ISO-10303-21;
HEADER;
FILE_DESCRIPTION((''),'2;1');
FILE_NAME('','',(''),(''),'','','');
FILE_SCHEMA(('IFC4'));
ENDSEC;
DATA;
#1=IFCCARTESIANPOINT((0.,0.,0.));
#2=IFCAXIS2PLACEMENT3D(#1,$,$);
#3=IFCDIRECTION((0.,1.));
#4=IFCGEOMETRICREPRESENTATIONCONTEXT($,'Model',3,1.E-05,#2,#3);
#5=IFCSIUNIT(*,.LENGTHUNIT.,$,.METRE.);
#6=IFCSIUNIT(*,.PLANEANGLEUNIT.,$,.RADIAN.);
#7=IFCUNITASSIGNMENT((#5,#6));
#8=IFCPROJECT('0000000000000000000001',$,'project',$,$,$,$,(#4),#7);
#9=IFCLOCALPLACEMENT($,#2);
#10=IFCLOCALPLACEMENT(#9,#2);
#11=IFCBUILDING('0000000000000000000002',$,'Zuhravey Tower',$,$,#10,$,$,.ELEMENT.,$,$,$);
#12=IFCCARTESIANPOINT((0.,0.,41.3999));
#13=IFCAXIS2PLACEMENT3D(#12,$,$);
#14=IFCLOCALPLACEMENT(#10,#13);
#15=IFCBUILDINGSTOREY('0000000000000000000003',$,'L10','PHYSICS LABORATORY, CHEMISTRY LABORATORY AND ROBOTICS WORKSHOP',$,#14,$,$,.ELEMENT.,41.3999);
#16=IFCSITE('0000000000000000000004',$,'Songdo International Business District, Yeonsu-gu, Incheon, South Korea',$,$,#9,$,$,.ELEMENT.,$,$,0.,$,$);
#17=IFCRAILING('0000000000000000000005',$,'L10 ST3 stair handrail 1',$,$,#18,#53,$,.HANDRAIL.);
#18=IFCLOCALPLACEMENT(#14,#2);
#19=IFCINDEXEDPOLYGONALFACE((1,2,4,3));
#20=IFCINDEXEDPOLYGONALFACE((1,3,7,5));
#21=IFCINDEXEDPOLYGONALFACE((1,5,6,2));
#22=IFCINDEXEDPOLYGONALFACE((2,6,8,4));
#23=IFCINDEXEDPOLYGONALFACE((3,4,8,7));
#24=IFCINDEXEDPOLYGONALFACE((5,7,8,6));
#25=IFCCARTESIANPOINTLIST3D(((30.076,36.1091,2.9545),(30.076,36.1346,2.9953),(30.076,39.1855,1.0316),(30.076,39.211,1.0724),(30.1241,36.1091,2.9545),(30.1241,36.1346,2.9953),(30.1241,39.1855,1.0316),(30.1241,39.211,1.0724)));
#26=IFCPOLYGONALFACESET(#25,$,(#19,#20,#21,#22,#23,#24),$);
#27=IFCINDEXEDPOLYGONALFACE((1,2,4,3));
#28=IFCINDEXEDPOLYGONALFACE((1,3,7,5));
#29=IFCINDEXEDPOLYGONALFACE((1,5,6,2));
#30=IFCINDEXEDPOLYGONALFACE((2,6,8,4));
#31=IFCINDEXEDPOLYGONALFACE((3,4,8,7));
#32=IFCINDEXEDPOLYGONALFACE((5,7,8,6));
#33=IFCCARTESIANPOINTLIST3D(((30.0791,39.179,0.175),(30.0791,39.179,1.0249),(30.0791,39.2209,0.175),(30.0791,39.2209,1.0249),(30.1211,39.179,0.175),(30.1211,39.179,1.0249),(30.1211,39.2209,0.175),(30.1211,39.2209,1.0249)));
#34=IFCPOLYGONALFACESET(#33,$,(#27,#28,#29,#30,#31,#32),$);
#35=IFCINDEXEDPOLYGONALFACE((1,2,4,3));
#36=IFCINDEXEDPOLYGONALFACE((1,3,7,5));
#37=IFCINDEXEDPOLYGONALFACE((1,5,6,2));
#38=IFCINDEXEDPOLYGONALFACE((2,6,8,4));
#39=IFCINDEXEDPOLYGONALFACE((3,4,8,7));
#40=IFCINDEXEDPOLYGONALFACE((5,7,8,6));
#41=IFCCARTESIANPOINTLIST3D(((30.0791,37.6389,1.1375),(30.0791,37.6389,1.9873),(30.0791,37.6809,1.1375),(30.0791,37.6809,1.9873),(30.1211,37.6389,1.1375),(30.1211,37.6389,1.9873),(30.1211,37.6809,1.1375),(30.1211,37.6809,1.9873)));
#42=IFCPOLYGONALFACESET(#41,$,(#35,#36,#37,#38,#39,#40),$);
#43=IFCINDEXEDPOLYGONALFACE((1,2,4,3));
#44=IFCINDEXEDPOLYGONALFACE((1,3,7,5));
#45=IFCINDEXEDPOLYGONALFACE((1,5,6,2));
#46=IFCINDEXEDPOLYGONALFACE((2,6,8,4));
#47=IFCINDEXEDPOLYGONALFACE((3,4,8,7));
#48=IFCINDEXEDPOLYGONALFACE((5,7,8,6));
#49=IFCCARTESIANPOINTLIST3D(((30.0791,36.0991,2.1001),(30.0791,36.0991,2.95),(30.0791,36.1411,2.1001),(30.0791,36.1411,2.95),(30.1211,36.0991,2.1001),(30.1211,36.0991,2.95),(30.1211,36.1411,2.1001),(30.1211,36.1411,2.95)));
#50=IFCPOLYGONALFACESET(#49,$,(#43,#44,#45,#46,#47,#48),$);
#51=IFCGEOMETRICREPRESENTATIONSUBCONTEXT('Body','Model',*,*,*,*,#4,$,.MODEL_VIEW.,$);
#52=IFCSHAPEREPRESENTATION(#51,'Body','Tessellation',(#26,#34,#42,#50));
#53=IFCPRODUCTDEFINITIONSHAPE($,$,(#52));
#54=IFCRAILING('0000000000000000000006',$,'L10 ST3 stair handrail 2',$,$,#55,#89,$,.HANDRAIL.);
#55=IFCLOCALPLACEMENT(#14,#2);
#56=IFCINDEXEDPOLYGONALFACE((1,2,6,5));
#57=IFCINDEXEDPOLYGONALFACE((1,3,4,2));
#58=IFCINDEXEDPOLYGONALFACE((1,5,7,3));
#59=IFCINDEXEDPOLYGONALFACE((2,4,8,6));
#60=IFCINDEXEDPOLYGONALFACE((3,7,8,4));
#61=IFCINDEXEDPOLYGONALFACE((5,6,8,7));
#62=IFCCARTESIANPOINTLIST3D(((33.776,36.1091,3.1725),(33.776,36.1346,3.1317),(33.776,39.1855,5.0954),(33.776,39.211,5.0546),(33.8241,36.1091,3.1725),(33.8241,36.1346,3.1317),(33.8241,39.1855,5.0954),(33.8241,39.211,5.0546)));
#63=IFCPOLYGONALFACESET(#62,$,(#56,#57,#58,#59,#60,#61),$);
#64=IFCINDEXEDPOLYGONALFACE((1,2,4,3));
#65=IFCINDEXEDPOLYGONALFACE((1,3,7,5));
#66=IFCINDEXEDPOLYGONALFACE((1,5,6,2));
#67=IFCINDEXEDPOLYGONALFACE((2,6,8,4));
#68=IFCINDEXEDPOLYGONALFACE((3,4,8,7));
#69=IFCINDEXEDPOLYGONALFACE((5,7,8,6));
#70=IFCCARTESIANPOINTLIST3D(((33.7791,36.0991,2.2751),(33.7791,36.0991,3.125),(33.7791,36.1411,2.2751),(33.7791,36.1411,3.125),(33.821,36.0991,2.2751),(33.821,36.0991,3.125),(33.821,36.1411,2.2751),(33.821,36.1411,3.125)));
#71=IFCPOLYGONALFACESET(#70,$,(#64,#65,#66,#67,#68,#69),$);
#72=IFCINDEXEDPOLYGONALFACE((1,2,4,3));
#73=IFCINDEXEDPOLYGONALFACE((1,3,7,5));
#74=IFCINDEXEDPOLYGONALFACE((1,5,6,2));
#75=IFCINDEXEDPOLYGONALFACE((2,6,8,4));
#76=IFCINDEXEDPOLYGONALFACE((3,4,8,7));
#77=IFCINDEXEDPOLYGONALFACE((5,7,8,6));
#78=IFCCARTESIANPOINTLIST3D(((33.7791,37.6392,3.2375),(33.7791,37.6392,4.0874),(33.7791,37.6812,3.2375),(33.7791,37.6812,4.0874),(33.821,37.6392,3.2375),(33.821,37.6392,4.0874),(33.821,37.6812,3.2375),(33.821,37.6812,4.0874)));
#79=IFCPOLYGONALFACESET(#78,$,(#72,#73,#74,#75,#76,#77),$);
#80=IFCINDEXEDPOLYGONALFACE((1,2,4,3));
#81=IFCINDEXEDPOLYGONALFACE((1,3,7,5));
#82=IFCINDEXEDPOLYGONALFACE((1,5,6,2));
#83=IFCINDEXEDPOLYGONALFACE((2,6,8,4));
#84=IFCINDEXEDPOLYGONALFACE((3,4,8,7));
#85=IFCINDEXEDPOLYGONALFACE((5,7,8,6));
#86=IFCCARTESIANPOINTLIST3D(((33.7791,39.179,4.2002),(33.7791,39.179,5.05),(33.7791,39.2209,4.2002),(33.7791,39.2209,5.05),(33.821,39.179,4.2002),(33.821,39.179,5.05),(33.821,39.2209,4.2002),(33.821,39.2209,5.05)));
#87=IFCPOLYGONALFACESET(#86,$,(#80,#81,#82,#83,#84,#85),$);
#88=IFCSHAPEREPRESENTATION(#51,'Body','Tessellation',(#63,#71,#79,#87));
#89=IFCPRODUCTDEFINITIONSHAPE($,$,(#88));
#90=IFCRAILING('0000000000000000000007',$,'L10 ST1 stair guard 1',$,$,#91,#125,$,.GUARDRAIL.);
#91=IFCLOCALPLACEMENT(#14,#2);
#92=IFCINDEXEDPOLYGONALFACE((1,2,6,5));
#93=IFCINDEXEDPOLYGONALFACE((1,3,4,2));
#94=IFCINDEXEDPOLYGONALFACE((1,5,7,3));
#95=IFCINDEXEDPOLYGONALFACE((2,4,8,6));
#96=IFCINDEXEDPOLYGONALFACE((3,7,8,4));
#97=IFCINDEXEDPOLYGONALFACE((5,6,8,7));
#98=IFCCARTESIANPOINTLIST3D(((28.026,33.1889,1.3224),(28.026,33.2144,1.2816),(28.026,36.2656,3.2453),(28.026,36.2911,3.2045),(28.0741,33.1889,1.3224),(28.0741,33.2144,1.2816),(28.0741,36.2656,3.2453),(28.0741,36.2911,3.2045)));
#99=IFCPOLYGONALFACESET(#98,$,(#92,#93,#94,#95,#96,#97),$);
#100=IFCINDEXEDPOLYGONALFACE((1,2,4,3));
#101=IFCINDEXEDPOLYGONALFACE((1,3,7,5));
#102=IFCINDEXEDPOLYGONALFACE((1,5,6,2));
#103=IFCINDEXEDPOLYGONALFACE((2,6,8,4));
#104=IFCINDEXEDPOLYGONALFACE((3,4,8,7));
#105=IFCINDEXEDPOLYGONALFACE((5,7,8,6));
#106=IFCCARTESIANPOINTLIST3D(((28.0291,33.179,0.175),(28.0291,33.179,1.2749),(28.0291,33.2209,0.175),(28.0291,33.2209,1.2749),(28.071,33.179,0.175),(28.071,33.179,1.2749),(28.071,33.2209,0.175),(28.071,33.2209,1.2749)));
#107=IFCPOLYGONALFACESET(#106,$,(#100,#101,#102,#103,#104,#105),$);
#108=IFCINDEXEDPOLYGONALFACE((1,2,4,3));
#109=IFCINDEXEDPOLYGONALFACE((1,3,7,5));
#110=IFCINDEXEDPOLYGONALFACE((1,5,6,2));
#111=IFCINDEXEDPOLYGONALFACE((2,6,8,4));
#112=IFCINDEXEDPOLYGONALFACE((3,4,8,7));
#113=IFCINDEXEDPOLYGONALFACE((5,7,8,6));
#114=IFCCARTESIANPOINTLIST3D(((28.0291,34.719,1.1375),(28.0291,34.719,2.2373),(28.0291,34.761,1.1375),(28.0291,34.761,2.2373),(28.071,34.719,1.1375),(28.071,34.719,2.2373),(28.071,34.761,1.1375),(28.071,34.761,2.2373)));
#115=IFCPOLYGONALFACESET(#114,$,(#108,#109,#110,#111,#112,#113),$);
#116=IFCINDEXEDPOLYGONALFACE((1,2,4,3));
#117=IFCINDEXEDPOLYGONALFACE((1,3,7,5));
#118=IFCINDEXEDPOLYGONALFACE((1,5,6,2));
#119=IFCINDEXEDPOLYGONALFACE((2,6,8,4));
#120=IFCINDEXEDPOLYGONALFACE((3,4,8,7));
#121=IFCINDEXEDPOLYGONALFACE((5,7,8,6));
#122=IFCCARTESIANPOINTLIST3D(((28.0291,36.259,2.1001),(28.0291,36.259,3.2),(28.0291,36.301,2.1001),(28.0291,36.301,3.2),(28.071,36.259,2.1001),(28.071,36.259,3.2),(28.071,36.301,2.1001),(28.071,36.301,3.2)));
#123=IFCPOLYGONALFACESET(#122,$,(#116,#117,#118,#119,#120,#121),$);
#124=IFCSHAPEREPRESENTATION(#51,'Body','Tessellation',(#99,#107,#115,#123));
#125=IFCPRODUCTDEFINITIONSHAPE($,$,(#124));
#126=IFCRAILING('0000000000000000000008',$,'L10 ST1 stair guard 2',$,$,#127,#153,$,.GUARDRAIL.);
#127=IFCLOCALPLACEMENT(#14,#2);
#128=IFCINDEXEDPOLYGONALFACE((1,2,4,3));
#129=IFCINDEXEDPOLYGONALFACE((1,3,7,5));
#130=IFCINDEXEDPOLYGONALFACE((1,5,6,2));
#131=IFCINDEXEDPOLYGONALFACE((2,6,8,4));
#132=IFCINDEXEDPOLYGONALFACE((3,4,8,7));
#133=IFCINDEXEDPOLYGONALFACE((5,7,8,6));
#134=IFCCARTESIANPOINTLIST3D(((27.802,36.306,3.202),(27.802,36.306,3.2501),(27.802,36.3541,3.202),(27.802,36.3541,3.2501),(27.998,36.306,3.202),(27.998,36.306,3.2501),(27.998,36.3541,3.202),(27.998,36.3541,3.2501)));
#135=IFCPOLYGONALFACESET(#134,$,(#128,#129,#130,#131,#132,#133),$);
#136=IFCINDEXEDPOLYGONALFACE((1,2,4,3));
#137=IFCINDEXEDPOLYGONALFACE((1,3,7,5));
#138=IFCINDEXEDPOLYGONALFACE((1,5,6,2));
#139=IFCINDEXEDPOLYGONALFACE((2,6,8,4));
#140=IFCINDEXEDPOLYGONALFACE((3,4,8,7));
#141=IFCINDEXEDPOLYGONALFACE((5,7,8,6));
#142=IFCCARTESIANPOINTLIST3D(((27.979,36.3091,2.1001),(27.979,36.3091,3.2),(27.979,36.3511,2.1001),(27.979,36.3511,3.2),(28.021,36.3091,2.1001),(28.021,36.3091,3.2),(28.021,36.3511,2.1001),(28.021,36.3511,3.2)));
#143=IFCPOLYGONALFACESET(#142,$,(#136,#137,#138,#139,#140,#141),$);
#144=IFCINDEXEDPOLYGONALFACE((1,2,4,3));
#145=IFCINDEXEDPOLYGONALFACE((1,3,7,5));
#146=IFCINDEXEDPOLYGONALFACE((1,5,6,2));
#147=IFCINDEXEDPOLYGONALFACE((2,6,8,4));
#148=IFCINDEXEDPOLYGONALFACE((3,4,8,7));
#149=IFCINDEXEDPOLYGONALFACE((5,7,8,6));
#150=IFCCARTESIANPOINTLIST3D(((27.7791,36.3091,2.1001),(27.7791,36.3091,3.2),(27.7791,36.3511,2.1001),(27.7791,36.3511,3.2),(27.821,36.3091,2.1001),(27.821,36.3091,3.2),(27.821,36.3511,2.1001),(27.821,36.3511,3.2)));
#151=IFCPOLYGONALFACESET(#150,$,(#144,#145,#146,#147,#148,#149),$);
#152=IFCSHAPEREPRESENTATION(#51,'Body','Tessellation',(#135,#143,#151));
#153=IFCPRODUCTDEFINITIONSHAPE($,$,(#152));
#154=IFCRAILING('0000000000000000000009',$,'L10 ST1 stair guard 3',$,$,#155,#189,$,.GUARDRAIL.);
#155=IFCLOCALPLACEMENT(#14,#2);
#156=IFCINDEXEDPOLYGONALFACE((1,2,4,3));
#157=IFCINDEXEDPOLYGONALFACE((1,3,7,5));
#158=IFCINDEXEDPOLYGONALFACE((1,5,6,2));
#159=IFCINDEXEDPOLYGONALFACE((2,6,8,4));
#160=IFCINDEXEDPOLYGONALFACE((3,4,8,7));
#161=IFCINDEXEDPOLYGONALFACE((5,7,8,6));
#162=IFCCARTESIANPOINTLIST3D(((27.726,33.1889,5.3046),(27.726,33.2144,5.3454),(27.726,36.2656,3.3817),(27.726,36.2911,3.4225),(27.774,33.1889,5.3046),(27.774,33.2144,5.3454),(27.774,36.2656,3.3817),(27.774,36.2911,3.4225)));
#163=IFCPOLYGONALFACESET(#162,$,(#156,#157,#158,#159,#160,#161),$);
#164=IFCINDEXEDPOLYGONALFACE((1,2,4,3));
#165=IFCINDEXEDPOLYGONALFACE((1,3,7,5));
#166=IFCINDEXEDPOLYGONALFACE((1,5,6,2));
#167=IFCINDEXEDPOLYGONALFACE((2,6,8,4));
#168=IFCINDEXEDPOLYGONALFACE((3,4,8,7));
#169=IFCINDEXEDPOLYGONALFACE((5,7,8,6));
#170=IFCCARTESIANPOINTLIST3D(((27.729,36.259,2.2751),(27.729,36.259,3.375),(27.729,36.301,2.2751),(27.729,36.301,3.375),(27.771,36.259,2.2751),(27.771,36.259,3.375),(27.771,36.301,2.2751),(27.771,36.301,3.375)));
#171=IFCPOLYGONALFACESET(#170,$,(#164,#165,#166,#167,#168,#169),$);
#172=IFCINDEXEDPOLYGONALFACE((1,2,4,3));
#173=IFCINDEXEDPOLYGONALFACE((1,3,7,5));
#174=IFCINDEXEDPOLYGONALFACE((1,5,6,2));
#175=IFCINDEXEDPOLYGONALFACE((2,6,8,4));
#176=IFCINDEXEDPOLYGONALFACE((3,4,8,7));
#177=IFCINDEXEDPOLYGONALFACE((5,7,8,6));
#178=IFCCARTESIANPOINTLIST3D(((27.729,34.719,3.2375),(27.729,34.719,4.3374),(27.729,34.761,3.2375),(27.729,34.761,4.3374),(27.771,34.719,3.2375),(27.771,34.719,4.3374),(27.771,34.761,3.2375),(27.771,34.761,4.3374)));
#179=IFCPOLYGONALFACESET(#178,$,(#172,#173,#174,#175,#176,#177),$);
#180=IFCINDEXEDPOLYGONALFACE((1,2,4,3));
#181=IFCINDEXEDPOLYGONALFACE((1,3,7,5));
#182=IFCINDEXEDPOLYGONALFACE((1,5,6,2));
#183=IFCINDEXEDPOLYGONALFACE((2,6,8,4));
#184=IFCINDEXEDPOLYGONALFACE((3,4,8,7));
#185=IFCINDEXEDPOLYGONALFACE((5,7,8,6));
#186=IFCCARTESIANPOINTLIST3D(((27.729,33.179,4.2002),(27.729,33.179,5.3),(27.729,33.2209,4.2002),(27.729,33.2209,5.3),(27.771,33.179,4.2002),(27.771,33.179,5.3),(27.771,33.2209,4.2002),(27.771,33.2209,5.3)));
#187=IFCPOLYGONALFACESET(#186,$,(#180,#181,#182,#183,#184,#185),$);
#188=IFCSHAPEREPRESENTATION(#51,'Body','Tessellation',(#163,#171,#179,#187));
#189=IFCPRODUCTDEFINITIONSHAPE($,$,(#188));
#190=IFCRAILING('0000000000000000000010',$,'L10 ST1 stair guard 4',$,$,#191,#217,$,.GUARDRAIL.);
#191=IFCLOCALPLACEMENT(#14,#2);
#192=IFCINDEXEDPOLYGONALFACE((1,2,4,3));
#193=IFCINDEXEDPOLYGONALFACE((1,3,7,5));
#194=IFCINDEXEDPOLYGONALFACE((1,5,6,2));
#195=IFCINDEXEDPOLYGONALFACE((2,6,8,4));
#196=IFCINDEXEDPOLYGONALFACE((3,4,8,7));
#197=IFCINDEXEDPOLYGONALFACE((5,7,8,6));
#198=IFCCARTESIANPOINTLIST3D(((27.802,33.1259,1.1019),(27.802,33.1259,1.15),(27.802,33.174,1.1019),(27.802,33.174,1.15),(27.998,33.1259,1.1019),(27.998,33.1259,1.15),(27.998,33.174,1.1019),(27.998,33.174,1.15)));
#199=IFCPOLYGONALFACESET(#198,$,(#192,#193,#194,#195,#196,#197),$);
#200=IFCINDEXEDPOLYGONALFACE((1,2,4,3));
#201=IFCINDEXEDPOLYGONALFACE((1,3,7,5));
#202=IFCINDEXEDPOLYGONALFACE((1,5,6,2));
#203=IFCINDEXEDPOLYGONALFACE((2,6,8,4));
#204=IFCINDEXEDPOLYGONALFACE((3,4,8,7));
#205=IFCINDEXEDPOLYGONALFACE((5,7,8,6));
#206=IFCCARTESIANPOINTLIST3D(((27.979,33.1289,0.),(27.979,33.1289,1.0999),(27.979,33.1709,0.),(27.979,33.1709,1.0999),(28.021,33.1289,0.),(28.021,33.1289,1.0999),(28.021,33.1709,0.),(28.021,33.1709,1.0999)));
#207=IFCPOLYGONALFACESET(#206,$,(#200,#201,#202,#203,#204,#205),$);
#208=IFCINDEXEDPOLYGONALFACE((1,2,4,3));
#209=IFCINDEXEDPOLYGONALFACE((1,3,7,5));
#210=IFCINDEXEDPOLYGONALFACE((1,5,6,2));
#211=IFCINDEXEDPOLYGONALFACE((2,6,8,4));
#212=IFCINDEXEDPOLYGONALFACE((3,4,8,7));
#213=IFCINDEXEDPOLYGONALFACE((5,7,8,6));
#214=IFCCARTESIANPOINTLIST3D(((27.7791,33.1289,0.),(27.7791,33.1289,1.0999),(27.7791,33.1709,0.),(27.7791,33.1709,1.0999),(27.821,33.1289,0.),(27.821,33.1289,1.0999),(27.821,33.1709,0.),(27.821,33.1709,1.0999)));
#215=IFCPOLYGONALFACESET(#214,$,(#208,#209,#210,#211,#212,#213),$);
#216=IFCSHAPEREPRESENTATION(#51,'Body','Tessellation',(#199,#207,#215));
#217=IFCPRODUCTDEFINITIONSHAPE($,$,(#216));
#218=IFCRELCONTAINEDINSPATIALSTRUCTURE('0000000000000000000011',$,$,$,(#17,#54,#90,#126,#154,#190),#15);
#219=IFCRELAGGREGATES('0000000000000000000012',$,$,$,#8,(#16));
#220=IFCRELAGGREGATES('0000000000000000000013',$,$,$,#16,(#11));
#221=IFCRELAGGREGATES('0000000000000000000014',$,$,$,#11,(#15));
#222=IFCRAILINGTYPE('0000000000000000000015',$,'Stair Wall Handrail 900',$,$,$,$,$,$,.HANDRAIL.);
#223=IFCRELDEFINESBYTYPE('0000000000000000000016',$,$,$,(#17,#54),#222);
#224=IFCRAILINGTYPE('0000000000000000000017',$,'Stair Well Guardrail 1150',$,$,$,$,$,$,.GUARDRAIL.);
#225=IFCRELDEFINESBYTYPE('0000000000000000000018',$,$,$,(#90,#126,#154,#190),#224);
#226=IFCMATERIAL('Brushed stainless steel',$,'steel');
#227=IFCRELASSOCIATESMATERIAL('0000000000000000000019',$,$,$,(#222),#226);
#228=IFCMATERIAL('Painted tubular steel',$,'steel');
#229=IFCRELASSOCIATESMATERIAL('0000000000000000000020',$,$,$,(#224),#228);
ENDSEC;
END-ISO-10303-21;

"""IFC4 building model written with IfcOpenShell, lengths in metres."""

from ifc_helpers import new_model, si_unit, direction, frame, origin, origin_2d, place, context, subcontext, project, spatial, rectangle, extrude, material, type_object, element, save


model = new_model("IFC4")

# Units and contexts
model_context = context("Model", 3, precision=1e-05, world=origin(), true_north=direction((0.0, 1.0)))
body_context = subcontext(model_context, "Body", "Model", "MODEL_VIEW")
ifc_project = project(units=[si_unit("LENGTHUNIT", "METRE"), si_unit("PLANEANGLEUNIT", "RADIAN")], contexts=[model_context])

# Site, building, storey
site_placement = place(None, origin())
site = spatial("IfcSite", under=ifc_project, at=site_placement, Name="Songdo International Business District, Yeonsu-gu, Incheon, South Korea", CompositionType="ELEMENT", RefElevation=0.0)
building_placement = place(site_placement, origin())
building = spatial("IfcBuilding", under=site, at=building_placement, Name="Zuhravey Tower", CompositionType="ELEMENT")
storey_placement = place(building_placement, frame((0.0, 0.0, 41.3999)))
storey = spatial("IfcBuildingStorey", under=building, at=storey_placement, Name="L10", Description="PHYSICS LABORATORY, CHEMISTRY LABORATORY AND ROBOTICS WORKSHOP", CompositionType="ELEMENT", Elevation=41.3999)

# Railings
ifc_material_1 = material(Name="Brushed stainless steel", Category="steel")
railing_type_1 = type_object("IfcRailingType", Name="Stair Wall Handrail 900", PredefinedType="HANDRAIL", material=ifc_material_1)
railing_1_placement = place(storey_placement, frame((30.1001, 39.2, 0.175)))
element("IfcRailing", 1, at=railing_1_placement, inside=storey, type_object=railing_type_1, Name="L10 ST3 stair handrail 1", PredefinedType="HANDRAIL", context=body_context, shape_type="SweptSolid", body=[
    extrude(rectangle(XDim=0.0481, YDim=0.0481, at=origin_2d()), frame((0.0, -0.0017, 0.877), z_axis=(0.0, -0.847979, 0.530029), x_axis=(1.0, 0.0, 0.0)), (0.0, 0.0, 1.0), 3.6279),
    extrude(rectangle(XDim=0.042, YDim=0.042, at=origin_2d()), origin(), (0.0, 0.0, 1.0), 0.8499),
    extrude(rectangle(XDim=0.042, YDim=0.042, at=origin_2d()), frame((0.0, -1.54, 0.9624)), (0.0, 0.0, 1.0), 0.8499),
    extrude(rectangle(XDim=0.042, YDim=0.042, at=origin_2d()), frame((0.0, -3.0798, 1.925)), (0.0, 0.0, 1.0), 0.8499),
])
railing_2_placement = place(storey_placement, frame((33.8, 36.1201, 2.2751)))
element("IfcRailing", 2, at=railing_2_placement, inside=storey, type_object=railing_type_1, Name="L10 ST3 stair handrail 2", PredefinedType="HANDRAIL", context=body_context, shape_type="SweptSolid", body=[
    extrude(rectangle(XDim=0.0481, YDim=0.0481, at=origin_2d()), frame((0.0, 0.0017, 0.877), z_axis=(0.0, 0.847979, 0.530029), x_axis=(-1.0, 0.0, 0.0)), (0.0, 0.0, 1.0), 3.6279),
    extrude(rectangle(XDim=0.042, YDim=0.042, at=origin_2d()), origin(), (0.0, 0.0, 1.0), 0.8499),
    extrude(rectangle(XDim=0.042, YDim=0.042, at=origin_2d()), frame((0.0, 1.54, 0.9624)), (0.0, 0.0, 1.0), 0.8499),
    extrude(rectangle(XDim=0.042, YDim=0.042, at=origin_2d()), frame((0.0, 3.0798, 1.925)), (0.0, 0.0, 1.0), 0.8499),
])
ifc_material_2 = material(Name="Painted tubular steel", Category="steel")
railing_type_2 = type_object("IfcRailingType", Name="Stair Well Guardrail 1150", PredefinedType="GUARDRAIL", material=ifc_material_2)
railing_3_placement = place(storey_placement, frame((28.05, 33.2, 0.175)))
element("IfcRailing", 3, at=railing_3_placement, inside=storey, type_object=railing_type_2, Name="L10 ST1 stair guard 1", PredefinedType="GUARDRAIL", context=body_context, shape_type="SweptSolid", body=[
    extrude(rectangle(XDim=0.0481, YDim=0.0481, at=origin_2d()), frame((0.0, 0.0017, 1.127), z_axis=(0.0, 0.847998, 0.529999), x_axis=(-1.0, 0.0, 0.0)), (0.0, 0.0, 1.0), 3.6282),
    extrude(rectangle(XDim=0.042, YDim=0.042, at=origin_2d()), origin(), (0.0, 0.0, 1.0), 1.0999),
    extrude(rectangle(XDim=0.042, YDim=0.042, at=origin_2d()), frame((0.0, 1.54, 0.9624)), (0.0, 0.0, 1.0), 1.0999),
    extrude(rectangle(XDim=0.042, YDim=0.042, at=origin_2d()), frame((0.0, 3.0801, 1.925)), (0.0, 0.0, 1.0), 1.0999),
])
railing_4_placement = place(storey_placement, frame((28.0, 36.3301, 2.1001)))
element("IfcRailing", 4, at=railing_4_placement, inside=storey, type_object=railing_type_2, Name="L10 ST1 stair guard 2", PredefinedType="GUARDRAIL", context=body_context, shape_type="SweptSolid", body=[
    extrude(rectangle(XDim=0.0481, YDim=0.0481, at=origin_2d()), frame((-0.002, 0.0, 1.126), z_axis=(-1.0, 0.0, 0.0), x_axis=(0.0, -1.0, 0.0)), (0.0, 0.0, 1.0), 0.196),
    extrude(rectangle(XDim=0.042, YDim=0.042, at=origin_2d()), origin(), (0.0, 0.0, 1.0), 1.0999),
    extrude(rectangle(XDim=0.042, YDim=0.042, at=origin_2d()), frame((-0.2, 0.0, 0.0)), (0.0, 0.0, 1.0), 1.0999),
])
railing_5_placement = place(storey_placement, frame((27.75, 36.28, 2.2751)))
element("IfcRailing", 5, at=railing_5_placement, inside=storey, type_object=railing_type_2, Name="L10 ST1 stair guard 3", PredefinedType="GUARDRAIL", context=body_context, shape_type="SweptSolid", body=[
    extrude(rectangle(XDim=0.0481, YDim=0.0481, at=origin_2d()), frame((0.0, -0.0017, 1.127), z_axis=(0.0, -0.847998, 0.529999), x_axis=(1.0, 0.0, 0.0)), (0.0, 0.0, 1.0), 3.6282),
    extrude(rectangle(XDim=0.042, YDim=0.042, at=origin_2d()), origin(), (0.0, 0.0, 1.0), 1.0999),
    extrude(rectangle(XDim=0.042, YDim=0.042, at=origin_2d()), frame((0.0, -1.54, 0.9624)), (0.0, 0.0, 1.0), 1.0999),
    extrude(rectangle(XDim=0.042, YDim=0.042, at=origin_2d()), frame((0.0, -3.0801, 1.925)), (0.0, 0.0, 1.0), 1.0999),
])
railing_6_placement = place(storey_placement, frame((28.0, 33.1499, 0.0)))
element("IfcRailing", 6, at=railing_6_placement, inside=storey, type_object=railing_type_2, Name="L10 ST1 stair guard 4", PredefinedType="GUARDRAIL", context=body_context, shape_type="SweptSolid", body=[
    extrude(rectangle(XDim=0.0481, YDim=0.0481, at=origin_2d()), frame((-0.002, 0.0, 1.126), z_axis=(-1.0, 0.0, 0.0), x_axis=(0.0, -1.0, 0.0)), (0.0, 0.0, 1.0), 0.196),
    extrude(rectangle(XDim=0.042, YDim=0.042, at=origin_2d()), origin(), (0.0, 0.0, 1.0), 1.0999),
    extrude(rectangle(XDim=0.042, YDim=0.042, at=origin_2d()), frame((-0.2, 0.0, 0.0)), (0.0, 0.0, 1.0), 1.0999),
])

save(model, "model.ifc")
